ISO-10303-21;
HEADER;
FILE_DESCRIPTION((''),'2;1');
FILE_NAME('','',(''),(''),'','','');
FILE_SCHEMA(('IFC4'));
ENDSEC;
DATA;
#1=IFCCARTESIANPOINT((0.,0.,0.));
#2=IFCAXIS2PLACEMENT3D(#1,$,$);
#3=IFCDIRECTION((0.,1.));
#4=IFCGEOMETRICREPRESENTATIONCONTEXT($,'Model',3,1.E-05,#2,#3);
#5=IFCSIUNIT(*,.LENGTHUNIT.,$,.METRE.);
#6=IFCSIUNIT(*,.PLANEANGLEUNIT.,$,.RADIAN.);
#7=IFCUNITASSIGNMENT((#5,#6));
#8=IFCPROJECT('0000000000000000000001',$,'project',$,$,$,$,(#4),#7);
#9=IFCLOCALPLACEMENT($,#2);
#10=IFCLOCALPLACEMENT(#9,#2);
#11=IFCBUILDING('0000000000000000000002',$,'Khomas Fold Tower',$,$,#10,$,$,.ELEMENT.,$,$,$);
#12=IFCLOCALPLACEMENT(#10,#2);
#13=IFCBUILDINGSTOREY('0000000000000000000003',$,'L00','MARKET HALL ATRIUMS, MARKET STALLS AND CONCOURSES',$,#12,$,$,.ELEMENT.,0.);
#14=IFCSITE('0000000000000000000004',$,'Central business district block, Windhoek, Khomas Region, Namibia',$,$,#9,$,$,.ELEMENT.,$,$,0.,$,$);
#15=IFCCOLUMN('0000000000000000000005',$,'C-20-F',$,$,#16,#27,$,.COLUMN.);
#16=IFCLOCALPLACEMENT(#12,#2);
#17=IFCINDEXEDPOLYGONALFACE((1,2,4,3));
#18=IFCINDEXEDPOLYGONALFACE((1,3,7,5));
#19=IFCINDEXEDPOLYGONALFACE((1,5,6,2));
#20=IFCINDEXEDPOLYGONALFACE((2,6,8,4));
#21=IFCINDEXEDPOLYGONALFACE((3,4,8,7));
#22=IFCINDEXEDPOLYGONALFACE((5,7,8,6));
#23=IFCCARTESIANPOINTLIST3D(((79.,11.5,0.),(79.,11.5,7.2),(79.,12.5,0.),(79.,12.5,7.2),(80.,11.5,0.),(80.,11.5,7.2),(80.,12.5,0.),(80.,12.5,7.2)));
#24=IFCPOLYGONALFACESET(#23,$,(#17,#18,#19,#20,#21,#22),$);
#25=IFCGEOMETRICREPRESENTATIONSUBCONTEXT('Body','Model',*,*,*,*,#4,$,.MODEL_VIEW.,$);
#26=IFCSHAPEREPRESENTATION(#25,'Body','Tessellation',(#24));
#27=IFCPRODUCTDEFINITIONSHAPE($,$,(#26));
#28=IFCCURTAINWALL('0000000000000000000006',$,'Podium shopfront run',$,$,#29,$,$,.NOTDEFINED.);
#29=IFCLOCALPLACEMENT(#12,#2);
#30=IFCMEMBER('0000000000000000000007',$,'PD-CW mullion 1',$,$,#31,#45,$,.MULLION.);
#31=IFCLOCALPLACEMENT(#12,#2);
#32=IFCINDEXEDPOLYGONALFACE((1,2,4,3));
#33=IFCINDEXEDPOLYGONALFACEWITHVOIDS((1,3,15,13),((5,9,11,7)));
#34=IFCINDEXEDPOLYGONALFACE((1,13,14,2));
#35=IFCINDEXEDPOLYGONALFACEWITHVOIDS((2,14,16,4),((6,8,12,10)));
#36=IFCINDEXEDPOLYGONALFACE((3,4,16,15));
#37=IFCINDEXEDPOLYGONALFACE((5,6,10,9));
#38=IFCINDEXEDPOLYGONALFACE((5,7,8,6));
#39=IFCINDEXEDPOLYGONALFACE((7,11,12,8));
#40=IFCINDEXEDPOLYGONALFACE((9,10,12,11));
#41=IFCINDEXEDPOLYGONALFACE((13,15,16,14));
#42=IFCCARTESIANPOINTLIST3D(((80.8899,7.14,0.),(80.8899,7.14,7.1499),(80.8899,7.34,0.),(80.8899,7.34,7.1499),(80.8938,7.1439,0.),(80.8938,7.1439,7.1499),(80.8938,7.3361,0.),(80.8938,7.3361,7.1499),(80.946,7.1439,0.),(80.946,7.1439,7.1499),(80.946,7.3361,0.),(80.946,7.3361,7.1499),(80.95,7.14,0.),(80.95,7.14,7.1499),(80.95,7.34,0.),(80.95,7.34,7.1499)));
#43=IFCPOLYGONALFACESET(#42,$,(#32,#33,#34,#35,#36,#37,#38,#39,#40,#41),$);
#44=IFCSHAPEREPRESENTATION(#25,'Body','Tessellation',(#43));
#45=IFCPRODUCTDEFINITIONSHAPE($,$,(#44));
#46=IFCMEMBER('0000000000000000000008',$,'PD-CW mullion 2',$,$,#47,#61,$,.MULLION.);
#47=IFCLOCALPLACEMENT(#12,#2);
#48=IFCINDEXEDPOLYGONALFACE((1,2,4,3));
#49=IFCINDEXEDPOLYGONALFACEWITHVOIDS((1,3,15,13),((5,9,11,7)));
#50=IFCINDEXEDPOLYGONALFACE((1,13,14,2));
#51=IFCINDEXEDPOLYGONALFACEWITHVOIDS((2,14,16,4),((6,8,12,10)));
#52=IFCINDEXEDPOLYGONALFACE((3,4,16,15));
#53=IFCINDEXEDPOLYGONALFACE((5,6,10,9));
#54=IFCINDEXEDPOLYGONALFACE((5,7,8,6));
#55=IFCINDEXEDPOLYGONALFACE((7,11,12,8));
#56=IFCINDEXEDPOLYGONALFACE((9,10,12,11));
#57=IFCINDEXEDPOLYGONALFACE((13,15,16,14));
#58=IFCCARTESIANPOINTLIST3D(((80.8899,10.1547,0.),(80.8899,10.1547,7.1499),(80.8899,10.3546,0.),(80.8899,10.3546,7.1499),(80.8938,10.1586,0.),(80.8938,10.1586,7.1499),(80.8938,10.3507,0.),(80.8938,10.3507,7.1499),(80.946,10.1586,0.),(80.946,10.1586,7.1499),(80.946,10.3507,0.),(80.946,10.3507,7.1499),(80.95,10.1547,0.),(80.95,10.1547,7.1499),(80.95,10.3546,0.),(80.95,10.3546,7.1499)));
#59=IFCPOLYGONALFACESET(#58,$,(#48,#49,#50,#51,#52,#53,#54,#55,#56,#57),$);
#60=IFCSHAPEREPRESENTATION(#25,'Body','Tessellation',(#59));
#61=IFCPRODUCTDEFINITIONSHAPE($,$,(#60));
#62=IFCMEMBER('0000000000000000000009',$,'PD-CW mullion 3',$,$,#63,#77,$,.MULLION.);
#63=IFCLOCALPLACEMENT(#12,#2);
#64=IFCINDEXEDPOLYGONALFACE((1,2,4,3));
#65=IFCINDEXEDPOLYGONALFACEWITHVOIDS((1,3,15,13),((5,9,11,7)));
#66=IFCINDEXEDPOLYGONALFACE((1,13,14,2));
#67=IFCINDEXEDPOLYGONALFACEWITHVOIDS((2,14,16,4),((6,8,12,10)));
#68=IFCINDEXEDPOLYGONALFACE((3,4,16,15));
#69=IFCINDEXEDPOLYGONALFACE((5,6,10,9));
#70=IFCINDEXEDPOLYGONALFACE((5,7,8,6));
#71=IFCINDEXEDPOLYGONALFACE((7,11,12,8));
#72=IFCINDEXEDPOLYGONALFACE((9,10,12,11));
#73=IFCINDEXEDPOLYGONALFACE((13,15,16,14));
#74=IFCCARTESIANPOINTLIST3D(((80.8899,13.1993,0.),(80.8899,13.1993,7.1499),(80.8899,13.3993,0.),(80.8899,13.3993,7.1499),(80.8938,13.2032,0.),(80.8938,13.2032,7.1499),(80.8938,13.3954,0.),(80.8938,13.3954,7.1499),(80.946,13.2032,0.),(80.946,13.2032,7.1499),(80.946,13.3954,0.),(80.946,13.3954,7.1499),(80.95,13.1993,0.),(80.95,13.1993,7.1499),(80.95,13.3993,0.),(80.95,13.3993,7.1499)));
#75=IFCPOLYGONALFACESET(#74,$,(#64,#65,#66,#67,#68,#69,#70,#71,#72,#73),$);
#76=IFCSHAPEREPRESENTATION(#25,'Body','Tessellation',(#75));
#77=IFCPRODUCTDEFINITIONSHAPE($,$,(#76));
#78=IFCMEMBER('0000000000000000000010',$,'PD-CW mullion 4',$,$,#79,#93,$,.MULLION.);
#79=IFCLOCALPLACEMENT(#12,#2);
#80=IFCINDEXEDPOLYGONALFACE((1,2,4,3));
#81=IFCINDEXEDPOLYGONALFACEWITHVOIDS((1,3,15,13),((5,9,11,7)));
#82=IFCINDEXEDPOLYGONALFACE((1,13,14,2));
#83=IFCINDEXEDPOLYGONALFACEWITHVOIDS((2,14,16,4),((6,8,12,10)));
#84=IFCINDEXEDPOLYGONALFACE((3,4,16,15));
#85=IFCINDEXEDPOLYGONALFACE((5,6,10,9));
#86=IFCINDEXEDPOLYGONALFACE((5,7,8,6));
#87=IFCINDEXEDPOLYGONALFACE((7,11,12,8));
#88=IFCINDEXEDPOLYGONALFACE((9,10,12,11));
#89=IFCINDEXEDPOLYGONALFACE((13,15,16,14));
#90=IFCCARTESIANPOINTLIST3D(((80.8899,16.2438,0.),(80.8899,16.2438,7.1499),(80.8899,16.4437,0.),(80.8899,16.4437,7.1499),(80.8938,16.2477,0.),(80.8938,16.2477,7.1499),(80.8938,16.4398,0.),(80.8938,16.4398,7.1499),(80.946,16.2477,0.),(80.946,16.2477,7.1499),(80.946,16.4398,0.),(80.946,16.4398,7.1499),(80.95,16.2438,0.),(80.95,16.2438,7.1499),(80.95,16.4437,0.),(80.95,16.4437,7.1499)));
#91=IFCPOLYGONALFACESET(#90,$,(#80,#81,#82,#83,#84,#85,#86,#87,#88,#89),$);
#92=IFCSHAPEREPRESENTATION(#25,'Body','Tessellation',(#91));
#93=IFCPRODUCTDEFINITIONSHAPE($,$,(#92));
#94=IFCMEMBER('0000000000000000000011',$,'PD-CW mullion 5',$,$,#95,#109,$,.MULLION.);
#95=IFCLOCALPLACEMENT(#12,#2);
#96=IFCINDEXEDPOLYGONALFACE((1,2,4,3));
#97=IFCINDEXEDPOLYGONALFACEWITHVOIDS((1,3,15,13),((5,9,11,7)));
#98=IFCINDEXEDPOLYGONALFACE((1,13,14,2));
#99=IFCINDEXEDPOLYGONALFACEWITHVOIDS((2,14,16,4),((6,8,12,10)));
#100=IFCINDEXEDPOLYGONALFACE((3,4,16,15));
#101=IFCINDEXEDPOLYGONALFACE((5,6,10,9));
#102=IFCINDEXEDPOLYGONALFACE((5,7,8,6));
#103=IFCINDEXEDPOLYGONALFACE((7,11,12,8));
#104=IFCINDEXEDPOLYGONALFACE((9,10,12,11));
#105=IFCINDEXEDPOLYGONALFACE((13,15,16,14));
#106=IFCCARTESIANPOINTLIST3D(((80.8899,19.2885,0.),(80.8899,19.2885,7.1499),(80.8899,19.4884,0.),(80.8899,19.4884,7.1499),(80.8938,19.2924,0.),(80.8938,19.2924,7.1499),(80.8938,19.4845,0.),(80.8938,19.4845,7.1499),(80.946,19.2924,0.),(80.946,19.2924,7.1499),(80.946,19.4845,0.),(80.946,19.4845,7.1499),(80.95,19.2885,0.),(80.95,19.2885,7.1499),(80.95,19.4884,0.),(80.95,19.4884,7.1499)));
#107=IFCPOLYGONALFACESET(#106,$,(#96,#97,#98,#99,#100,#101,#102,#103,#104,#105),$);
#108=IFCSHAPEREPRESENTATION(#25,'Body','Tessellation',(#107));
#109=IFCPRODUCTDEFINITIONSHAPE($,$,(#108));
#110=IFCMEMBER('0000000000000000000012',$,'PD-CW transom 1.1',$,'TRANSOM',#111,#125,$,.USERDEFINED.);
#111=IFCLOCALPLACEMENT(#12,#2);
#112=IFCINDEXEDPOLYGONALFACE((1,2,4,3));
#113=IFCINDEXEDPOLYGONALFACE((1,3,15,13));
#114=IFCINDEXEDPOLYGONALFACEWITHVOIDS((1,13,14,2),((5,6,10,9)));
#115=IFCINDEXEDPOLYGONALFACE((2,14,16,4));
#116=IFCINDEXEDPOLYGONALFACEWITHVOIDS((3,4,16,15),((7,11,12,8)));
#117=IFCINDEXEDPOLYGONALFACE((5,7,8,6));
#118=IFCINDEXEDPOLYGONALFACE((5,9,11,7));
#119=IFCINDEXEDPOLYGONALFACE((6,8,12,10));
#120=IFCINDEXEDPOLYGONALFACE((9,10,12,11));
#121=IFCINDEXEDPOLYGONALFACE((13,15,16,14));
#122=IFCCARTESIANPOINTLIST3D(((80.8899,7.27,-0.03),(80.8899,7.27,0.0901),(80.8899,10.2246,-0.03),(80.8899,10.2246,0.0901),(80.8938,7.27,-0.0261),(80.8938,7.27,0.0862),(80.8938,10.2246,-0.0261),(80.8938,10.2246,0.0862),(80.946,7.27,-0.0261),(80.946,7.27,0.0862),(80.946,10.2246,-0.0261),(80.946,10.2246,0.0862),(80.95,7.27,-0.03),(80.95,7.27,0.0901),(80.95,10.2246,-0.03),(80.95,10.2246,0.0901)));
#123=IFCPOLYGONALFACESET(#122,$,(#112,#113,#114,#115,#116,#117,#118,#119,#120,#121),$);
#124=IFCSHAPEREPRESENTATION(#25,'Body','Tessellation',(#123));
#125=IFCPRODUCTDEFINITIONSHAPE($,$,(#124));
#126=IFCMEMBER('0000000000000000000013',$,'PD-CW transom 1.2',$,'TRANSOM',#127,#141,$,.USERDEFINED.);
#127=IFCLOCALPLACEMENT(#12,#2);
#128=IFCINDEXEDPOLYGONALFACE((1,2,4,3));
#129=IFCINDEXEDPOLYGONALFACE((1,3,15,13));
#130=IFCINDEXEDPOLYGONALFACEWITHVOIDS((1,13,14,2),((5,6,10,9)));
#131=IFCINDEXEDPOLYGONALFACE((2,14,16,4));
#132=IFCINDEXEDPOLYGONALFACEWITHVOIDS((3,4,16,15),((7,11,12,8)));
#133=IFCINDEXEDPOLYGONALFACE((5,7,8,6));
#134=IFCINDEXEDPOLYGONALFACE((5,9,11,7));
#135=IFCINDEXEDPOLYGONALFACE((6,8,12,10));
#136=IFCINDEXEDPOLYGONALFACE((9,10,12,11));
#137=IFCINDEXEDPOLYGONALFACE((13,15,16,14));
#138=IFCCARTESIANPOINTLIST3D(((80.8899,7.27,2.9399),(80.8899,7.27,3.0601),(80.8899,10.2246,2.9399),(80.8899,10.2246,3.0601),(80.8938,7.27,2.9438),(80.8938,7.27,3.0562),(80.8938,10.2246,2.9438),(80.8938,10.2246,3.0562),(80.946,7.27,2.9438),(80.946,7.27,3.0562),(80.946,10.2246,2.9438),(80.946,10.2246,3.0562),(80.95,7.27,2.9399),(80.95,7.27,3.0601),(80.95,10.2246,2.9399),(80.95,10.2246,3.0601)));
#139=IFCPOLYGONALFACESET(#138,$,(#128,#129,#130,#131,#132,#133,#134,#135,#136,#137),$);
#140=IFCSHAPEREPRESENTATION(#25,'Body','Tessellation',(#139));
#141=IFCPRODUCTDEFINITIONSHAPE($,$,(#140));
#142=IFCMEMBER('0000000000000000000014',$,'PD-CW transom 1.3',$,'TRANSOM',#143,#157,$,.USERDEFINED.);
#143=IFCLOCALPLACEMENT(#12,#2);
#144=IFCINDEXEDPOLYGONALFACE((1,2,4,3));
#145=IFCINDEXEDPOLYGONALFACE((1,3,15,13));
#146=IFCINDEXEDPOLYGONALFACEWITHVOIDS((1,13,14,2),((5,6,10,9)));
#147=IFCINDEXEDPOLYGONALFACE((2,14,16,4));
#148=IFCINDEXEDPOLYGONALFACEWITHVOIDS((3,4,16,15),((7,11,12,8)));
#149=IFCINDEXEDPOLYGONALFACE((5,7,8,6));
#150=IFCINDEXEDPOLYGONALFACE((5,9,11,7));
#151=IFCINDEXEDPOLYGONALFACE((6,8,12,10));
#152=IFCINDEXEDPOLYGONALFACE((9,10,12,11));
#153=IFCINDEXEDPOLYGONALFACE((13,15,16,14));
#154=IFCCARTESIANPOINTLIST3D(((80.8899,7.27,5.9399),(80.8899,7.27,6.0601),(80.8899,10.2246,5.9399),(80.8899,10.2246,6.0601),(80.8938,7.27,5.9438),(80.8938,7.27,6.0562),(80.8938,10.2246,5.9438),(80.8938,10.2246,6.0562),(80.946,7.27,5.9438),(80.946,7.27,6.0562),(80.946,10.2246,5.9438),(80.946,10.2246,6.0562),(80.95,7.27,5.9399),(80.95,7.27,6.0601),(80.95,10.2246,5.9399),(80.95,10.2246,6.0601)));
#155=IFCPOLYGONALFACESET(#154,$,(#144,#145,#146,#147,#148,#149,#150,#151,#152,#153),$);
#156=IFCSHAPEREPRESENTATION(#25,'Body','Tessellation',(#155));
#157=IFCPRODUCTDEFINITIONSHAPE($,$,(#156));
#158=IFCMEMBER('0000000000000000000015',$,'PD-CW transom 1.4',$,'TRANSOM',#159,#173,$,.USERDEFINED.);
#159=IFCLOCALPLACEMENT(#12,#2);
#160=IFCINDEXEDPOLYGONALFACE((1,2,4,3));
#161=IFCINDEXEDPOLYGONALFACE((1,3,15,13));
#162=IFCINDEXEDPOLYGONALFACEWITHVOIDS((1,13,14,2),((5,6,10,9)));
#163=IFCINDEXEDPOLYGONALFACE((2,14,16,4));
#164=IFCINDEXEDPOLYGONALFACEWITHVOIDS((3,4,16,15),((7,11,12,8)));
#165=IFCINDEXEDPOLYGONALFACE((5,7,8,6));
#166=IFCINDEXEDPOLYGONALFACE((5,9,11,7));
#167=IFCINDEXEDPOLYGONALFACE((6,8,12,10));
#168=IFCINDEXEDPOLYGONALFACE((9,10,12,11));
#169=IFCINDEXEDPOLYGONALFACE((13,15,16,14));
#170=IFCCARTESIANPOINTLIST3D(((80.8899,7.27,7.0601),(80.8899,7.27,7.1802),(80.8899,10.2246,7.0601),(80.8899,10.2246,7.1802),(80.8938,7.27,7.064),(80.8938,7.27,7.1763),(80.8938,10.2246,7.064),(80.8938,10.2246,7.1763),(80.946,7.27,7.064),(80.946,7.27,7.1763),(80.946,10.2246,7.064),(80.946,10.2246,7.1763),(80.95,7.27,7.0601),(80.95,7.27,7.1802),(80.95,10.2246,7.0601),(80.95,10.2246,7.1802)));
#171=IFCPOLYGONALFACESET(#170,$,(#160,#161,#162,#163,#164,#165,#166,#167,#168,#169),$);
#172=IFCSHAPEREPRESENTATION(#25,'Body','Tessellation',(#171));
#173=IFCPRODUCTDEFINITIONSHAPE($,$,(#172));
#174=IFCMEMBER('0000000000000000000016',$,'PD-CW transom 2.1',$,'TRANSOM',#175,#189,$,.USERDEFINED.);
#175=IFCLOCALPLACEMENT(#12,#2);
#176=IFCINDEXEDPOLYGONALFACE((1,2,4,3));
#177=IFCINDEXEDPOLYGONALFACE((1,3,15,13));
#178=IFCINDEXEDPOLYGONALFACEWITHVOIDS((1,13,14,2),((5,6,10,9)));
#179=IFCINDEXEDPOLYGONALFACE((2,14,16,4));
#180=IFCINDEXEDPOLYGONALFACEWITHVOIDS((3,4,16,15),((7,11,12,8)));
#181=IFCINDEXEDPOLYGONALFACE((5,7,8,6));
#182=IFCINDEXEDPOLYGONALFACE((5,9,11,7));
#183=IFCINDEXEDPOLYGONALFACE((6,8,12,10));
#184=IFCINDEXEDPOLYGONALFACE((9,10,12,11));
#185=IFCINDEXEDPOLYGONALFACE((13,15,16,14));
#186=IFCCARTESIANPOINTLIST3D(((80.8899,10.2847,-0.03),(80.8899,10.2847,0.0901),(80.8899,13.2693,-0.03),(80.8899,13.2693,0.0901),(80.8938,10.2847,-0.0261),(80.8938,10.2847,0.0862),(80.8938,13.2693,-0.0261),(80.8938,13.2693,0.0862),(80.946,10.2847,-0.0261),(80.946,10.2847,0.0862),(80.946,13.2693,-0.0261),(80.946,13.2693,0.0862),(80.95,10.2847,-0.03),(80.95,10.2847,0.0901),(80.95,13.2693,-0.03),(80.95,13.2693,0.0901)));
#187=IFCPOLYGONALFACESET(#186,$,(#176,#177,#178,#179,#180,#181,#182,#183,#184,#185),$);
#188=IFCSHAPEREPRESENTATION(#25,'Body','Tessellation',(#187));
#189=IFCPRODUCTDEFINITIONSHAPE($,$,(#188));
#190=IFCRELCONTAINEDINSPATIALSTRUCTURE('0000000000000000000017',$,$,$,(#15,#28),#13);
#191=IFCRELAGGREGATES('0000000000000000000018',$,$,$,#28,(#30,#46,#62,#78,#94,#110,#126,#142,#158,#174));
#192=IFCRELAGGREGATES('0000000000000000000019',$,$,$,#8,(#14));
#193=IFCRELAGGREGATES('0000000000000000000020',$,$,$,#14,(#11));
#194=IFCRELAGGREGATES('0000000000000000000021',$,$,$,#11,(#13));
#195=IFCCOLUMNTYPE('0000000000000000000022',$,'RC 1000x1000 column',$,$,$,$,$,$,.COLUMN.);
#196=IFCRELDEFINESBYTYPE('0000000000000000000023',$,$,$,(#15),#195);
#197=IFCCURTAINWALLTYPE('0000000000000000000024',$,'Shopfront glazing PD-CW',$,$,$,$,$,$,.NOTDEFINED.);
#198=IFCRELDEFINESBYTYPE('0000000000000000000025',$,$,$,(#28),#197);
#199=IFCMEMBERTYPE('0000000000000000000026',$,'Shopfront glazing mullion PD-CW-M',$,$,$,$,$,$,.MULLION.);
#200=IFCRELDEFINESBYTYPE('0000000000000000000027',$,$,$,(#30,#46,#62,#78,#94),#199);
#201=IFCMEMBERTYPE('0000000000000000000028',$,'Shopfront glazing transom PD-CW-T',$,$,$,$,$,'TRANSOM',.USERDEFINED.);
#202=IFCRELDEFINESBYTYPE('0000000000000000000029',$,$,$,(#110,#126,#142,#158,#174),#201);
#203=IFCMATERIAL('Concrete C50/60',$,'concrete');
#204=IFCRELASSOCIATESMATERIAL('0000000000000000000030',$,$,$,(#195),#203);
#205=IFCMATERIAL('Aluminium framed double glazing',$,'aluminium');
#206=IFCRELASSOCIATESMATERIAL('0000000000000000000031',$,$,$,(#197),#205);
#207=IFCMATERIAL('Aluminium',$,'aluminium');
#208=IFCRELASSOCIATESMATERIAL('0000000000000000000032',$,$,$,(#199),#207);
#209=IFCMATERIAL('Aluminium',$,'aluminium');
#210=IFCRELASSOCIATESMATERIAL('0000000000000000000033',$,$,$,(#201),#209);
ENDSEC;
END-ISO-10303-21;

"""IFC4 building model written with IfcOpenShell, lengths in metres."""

from ifc_helpers import new_model, si_unit, direction, frame, origin, origin_2d, place, context, subcontext, project, spatial, rectangle, hollow_rectangle, extrude, source, transform, mapped, material, material_profile, profile_set, type_object, element, aggregate, save


model = new_model("IFC4")

# Units and contexts
model_context = context("Model", 3, precision=1e-05, world=origin(), true_north=direction((0.0, 1.0)))
body_context = subcontext(model_context, "Body", "Model", "MODEL_VIEW")
ifc_project = project(units=[si_unit("LENGTHUNIT", "METRE"), si_unit("PLANEANGLEUNIT", "RADIAN")], contexts=[model_context])

# Site, building, storey
site_placement = place(None, origin())
site = spatial("IfcSite", under=ifc_project, at=site_placement, Name="Central business district block, Windhoek, Khomas Region, Namibia", CompositionType="ELEMENT", RefElevation=0.0)
building_placement = place(site_placement, origin())
building = spatial("IfcBuilding", under=site, at=building_placement, Name="Khomas Fold Tower", CompositionType="ELEMENT")
storey_placement = place(building_placement, origin())
storey = spatial("IfcBuildingStorey", under=building, at=storey_placement, Name="L00", Description="MARKET HALL ATRIUMS, MARKET STALLS AND CONCOURSES", CompositionType="ELEMENT", Elevation=0.0)

# Column
ifc_material_1 = material(Name="Concrete C50/60", Category="concrete")
ifc_material_profile_1 = material_profile(ifc_material_1, rectangle(XDim=1.0, YDim=1.0, at=origin_2d()), Name="RC 1000x1000")
ifc_profile_set_1 = profile_set([ifc_material_profile_1], Name="Concrete C50/60")
column_type = type_object("IfcColumnType", Name="RC 1000x1000 column", PredefinedType="COLUMN", material=ifc_profile_set_1)
shared_shape_1 = source(origin(), body_context, "Body", "SweptSolid", [
    extrude(rectangle(XDim=1.0, YDim=1.0, at=origin_2d()), origin(), (0.0, 0.0, 1.0), 7.2),
])
column_placement = place(storey_placement, frame((79.5, 12.0, 0.0), z_axis=(0.0, 0.0, 1.0), x_axis=(1.0, 0.0, 0.0)))
element("IfcColumn", 1, at=column_placement, inside=storey, type_object=column_type, Name="C-20-F", PredefinedType="COLUMN", context=body_context, shape_type="MappedRepresentation", body=[
    mapped(shared_shape_1, transform((0.0, 0.0, 0.0))),
])

# Curtain wall, members
ifc_material_2 = material(Name="Aluminium framed double glazing", Category="aluminium")
curtain_wall_type = type_object("IfcCurtainWallType", Name="Shopfront glazing PD-CW", PredefinedType="NOTDEFINED", material=ifc_material_2)
curtain_wall_placement = place(storey_placement, origin())
curtain_wall = element("IfcCurtainWall", 2, at=curtain_wall_placement, inside=storey, type_object=curtain_wall_type, Name="Podium shopfront run", PredefinedType="NOTDEFINED")
ifc_material_3 = material(Name="Aluminium", Category="aluminium")
ifc_material_profile_2 = material_profile(ifc_material_3, hollow_rectangle(XDim=0.0601, YDim=0.2, WallThickness=0.0039, at=origin_2d()), Name="Shopfront glazing mullion PD-CW-M")
ifc_profile_set_2 = profile_set([ifc_material_profile_2], Name="Aluminium")
member_type_1 = type_object("IfcMemberType", Name="Shopfront glazing mullion PD-CW-M", PredefinedType="MULLION", material=ifc_profile_set_2)
shared_shape_2 = source(origin(), body_context, "Body", "SweptSolid", [
    extrude(hollow_rectangle(XDim=0.0601, YDim=0.2, WallThickness=0.0039, at=origin_2d()), origin(), (0.0, 0.0, 1.0), 7.1499),
])
member_1_placement = place(storey_placement, frame((80.9199, 7.24, 0.0), z_axis=(0.0, 0.0, 1.0), x_axis=(-1.0, 0.0, 0.0)))
member_1 = element("IfcMember", 3, at=member_1_placement, type_object=member_type_1, Name="PD-CW mullion 1", PredefinedType="MULLION", context=body_context, shape_type="MappedRepresentation", body=[
    mapped(shared_shape_2, transform((0.0, 0.0, 0.0))),
])
member_2_placement = place(storey_placement, frame((80.9199, 10.2546, 0.0), z_axis=(0.0, 0.0, 1.0), x_axis=(-1.0, 0.0, 0.0)))
member_2 = element("IfcMember", 4, at=member_2_placement, type_object=member_type_1, Name="PD-CW mullion 2", PredefinedType="MULLION", context=body_context, shape_type="MappedRepresentation", body=[
    mapped(shared_shape_2, transform((0.0, 0.0, 0.0))),
])
member_3_placement = place(storey_placement, frame((80.9199, 13.2993, 0.0), z_axis=(0.0, 0.0, 1.0), x_axis=(-1.0, 0.0, 0.0)))
member_3 = element("IfcMember", 5, at=member_3_placement, type_object=member_type_1, Name="PD-CW mullion 3", PredefinedType="MULLION", context=body_context, shape_type="MappedRepresentation", body=[
    mapped(shared_shape_2, transform((0.0, 0.0, 0.0))),
])
member_4_placement = place(storey_placement, frame((80.9199, 16.3438, 0.0), z_axis=(0.0, 0.0, 1.0), x_axis=(-1.0, 0.0, 0.0)))
member_4 = element("IfcMember", 6, at=member_4_placement, type_object=member_type_1, Name="PD-CW mullion 4", PredefinedType="MULLION", context=body_context, shape_type="MappedRepresentation", body=[
    mapped(shared_shape_2, transform((0.0, 0.0, 0.0))),
])
member_5_placement = place(storey_placement, frame((80.9199, 19.3884, 0.0), z_axis=(0.0, 0.0, 1.0), x_axis=(-1.0, 0.0, 0.0)))
member_5 = element("IfcMember", 7, at=member_5_placement, type_object=member_type_1, Name="PD-CW mullion 5", PredefinedType="MULLION", context=body_context, shape_type="MappedRepresentation", body=[
    mapped(shared_shape_2, transform((0.0, 0.0, 0.0))),
])
ifc_material_4 = material(Name="Aluminium", Category="aluminium")
ifc_material_profile_3 = material_profile(ifc_material_4, hollow_rectangle(XDim=0.0601, YDim=0.1201, WallThickness=0.0039, at=origin_2d()), Name="Shopfront glazing transom PD-CW-T")
ifc_profile_set_3 = profile_set([ifc_material_profile_3], Name="Aluminium")
member_type_2 = type_object("IfcMemberType", Name="Shopfront glazing transom PD-CW-T", ElementType="TRANSOM", PredefinedType="USERDEFINED", material=ifc_profile_set_3)
shared_shape_3 = source(origin(), body_context, "Body", "SweptSolid", [
    extrude(hollow_rectangle(XDim=0.0601, YDim=0.1201, WallThickness=0.0039, at=origin_2d()), origin(), (0.0, 0.0, 1.0), 2.9546),
])
member_6_placement = place(storey_placement, frame((80.9199, 7.27, 0.03), z_axis=(0.0, 1.0, 0.0), x_axis=(-1.0, 0.0, 0.0)))
member_6 = element("IfcMember", 8, at=member_6_placement, type_object=member_type_2, Name="PD-CW transom 1.1", ObjectType="TRANSOM", PredefinedType="USERDEFINED", context=body_context, shape_type="MappedRepresentation", body=[
    mapped(shared_shape_3, transform((0.0, 0.0, 0.0))),
])
member_7_placement = place(storey_placement, frame((80.9199, 7.27, 3.0), z_axis=(0.0, 1.0, 0.0), x_axis=(-1.0, 0.0, 0.0)))
member_7 = element("IfcMember", 9, at=member_7_placement, type_object=member_type_2, Name="PD-CW transom 1.2", ObjectType="TRANSOM", PredefinedType="USERDEFINED", context=body_context, shape_type="MappedRepresentation", body=[
    mapped(shared_shape_3, transform((0.0, 0.0, 0.0))),
])
member_8_placement = place(storey_placement, frame((80.9199, 7.27, 6.0), z_axis=(0.0, 1.0, 0.0), x_axis=(-1.0, 0.0, 0.0)))
member_8 = element("IfcMember", 10, at=member_8_placement, type_object=member_type_2, Name="PD-CW transom 1.3", ObjectType="TRANSOM", PredefinedType="USERDEFINED", context=body_context, shape_type="MappedRepresentation", body=[
    mapped(shared_shape_3, transform((0.0, 0.0, 0.0))),
])
member_9_placement = place(storey_placement, frame((80.9199, 7.27, 7.1201), z_axis=(0.0, 1.0, 0.0), x_axis=(-1.0, 0.0, 0.0)))
member_9 = element("IfcMember", 11, at=member_9_placement, type_object=member_type_2, Name="PD-CW transom 1.4", ObjectType="TRANSOM", PredefinedType="USERDEFINED", context=body_context, shape_type="MappedRepresentation", body=[
    mapped(shared_shape_3, transform((0.0, 0.0, 0.0))),
])
shared_shape_4 = source(origin(), body_context, "Body", "SweptSolid", [
    extrude(hollow_rectangle(XDim=0.0601, YDim=0.1201, WallThickness=0.0039, at=origin_2d()), origin(), (0.0, 0.0, 1.0), 2.9846),
])
member_10_placement = place(storey_placement, frame((80.9199, 10.2847, 0.03), z_axis=(0.0, 1.0, 0.0), x_axis=(-1.0, 0.0, 0.0)))
member_10 = element("IfcMember", 12, at=member_10_placement, type_object=member_type_2, Name="PD-CW transom 2.1", ObjectType="TRANSOM", PredefinedType="USERDEFINED", context=body_context, shape_type="MappedRepresentation", body=[
    mapped(shared_shape_4, transform((0.0, 0.0, 0.0))),
])
aggregate(curtain_wall, [member_1, member_2, member_3, member_4, member_5, member_6, member_7, member_8, member_9, member_10])

save(model, "model.ifc")
